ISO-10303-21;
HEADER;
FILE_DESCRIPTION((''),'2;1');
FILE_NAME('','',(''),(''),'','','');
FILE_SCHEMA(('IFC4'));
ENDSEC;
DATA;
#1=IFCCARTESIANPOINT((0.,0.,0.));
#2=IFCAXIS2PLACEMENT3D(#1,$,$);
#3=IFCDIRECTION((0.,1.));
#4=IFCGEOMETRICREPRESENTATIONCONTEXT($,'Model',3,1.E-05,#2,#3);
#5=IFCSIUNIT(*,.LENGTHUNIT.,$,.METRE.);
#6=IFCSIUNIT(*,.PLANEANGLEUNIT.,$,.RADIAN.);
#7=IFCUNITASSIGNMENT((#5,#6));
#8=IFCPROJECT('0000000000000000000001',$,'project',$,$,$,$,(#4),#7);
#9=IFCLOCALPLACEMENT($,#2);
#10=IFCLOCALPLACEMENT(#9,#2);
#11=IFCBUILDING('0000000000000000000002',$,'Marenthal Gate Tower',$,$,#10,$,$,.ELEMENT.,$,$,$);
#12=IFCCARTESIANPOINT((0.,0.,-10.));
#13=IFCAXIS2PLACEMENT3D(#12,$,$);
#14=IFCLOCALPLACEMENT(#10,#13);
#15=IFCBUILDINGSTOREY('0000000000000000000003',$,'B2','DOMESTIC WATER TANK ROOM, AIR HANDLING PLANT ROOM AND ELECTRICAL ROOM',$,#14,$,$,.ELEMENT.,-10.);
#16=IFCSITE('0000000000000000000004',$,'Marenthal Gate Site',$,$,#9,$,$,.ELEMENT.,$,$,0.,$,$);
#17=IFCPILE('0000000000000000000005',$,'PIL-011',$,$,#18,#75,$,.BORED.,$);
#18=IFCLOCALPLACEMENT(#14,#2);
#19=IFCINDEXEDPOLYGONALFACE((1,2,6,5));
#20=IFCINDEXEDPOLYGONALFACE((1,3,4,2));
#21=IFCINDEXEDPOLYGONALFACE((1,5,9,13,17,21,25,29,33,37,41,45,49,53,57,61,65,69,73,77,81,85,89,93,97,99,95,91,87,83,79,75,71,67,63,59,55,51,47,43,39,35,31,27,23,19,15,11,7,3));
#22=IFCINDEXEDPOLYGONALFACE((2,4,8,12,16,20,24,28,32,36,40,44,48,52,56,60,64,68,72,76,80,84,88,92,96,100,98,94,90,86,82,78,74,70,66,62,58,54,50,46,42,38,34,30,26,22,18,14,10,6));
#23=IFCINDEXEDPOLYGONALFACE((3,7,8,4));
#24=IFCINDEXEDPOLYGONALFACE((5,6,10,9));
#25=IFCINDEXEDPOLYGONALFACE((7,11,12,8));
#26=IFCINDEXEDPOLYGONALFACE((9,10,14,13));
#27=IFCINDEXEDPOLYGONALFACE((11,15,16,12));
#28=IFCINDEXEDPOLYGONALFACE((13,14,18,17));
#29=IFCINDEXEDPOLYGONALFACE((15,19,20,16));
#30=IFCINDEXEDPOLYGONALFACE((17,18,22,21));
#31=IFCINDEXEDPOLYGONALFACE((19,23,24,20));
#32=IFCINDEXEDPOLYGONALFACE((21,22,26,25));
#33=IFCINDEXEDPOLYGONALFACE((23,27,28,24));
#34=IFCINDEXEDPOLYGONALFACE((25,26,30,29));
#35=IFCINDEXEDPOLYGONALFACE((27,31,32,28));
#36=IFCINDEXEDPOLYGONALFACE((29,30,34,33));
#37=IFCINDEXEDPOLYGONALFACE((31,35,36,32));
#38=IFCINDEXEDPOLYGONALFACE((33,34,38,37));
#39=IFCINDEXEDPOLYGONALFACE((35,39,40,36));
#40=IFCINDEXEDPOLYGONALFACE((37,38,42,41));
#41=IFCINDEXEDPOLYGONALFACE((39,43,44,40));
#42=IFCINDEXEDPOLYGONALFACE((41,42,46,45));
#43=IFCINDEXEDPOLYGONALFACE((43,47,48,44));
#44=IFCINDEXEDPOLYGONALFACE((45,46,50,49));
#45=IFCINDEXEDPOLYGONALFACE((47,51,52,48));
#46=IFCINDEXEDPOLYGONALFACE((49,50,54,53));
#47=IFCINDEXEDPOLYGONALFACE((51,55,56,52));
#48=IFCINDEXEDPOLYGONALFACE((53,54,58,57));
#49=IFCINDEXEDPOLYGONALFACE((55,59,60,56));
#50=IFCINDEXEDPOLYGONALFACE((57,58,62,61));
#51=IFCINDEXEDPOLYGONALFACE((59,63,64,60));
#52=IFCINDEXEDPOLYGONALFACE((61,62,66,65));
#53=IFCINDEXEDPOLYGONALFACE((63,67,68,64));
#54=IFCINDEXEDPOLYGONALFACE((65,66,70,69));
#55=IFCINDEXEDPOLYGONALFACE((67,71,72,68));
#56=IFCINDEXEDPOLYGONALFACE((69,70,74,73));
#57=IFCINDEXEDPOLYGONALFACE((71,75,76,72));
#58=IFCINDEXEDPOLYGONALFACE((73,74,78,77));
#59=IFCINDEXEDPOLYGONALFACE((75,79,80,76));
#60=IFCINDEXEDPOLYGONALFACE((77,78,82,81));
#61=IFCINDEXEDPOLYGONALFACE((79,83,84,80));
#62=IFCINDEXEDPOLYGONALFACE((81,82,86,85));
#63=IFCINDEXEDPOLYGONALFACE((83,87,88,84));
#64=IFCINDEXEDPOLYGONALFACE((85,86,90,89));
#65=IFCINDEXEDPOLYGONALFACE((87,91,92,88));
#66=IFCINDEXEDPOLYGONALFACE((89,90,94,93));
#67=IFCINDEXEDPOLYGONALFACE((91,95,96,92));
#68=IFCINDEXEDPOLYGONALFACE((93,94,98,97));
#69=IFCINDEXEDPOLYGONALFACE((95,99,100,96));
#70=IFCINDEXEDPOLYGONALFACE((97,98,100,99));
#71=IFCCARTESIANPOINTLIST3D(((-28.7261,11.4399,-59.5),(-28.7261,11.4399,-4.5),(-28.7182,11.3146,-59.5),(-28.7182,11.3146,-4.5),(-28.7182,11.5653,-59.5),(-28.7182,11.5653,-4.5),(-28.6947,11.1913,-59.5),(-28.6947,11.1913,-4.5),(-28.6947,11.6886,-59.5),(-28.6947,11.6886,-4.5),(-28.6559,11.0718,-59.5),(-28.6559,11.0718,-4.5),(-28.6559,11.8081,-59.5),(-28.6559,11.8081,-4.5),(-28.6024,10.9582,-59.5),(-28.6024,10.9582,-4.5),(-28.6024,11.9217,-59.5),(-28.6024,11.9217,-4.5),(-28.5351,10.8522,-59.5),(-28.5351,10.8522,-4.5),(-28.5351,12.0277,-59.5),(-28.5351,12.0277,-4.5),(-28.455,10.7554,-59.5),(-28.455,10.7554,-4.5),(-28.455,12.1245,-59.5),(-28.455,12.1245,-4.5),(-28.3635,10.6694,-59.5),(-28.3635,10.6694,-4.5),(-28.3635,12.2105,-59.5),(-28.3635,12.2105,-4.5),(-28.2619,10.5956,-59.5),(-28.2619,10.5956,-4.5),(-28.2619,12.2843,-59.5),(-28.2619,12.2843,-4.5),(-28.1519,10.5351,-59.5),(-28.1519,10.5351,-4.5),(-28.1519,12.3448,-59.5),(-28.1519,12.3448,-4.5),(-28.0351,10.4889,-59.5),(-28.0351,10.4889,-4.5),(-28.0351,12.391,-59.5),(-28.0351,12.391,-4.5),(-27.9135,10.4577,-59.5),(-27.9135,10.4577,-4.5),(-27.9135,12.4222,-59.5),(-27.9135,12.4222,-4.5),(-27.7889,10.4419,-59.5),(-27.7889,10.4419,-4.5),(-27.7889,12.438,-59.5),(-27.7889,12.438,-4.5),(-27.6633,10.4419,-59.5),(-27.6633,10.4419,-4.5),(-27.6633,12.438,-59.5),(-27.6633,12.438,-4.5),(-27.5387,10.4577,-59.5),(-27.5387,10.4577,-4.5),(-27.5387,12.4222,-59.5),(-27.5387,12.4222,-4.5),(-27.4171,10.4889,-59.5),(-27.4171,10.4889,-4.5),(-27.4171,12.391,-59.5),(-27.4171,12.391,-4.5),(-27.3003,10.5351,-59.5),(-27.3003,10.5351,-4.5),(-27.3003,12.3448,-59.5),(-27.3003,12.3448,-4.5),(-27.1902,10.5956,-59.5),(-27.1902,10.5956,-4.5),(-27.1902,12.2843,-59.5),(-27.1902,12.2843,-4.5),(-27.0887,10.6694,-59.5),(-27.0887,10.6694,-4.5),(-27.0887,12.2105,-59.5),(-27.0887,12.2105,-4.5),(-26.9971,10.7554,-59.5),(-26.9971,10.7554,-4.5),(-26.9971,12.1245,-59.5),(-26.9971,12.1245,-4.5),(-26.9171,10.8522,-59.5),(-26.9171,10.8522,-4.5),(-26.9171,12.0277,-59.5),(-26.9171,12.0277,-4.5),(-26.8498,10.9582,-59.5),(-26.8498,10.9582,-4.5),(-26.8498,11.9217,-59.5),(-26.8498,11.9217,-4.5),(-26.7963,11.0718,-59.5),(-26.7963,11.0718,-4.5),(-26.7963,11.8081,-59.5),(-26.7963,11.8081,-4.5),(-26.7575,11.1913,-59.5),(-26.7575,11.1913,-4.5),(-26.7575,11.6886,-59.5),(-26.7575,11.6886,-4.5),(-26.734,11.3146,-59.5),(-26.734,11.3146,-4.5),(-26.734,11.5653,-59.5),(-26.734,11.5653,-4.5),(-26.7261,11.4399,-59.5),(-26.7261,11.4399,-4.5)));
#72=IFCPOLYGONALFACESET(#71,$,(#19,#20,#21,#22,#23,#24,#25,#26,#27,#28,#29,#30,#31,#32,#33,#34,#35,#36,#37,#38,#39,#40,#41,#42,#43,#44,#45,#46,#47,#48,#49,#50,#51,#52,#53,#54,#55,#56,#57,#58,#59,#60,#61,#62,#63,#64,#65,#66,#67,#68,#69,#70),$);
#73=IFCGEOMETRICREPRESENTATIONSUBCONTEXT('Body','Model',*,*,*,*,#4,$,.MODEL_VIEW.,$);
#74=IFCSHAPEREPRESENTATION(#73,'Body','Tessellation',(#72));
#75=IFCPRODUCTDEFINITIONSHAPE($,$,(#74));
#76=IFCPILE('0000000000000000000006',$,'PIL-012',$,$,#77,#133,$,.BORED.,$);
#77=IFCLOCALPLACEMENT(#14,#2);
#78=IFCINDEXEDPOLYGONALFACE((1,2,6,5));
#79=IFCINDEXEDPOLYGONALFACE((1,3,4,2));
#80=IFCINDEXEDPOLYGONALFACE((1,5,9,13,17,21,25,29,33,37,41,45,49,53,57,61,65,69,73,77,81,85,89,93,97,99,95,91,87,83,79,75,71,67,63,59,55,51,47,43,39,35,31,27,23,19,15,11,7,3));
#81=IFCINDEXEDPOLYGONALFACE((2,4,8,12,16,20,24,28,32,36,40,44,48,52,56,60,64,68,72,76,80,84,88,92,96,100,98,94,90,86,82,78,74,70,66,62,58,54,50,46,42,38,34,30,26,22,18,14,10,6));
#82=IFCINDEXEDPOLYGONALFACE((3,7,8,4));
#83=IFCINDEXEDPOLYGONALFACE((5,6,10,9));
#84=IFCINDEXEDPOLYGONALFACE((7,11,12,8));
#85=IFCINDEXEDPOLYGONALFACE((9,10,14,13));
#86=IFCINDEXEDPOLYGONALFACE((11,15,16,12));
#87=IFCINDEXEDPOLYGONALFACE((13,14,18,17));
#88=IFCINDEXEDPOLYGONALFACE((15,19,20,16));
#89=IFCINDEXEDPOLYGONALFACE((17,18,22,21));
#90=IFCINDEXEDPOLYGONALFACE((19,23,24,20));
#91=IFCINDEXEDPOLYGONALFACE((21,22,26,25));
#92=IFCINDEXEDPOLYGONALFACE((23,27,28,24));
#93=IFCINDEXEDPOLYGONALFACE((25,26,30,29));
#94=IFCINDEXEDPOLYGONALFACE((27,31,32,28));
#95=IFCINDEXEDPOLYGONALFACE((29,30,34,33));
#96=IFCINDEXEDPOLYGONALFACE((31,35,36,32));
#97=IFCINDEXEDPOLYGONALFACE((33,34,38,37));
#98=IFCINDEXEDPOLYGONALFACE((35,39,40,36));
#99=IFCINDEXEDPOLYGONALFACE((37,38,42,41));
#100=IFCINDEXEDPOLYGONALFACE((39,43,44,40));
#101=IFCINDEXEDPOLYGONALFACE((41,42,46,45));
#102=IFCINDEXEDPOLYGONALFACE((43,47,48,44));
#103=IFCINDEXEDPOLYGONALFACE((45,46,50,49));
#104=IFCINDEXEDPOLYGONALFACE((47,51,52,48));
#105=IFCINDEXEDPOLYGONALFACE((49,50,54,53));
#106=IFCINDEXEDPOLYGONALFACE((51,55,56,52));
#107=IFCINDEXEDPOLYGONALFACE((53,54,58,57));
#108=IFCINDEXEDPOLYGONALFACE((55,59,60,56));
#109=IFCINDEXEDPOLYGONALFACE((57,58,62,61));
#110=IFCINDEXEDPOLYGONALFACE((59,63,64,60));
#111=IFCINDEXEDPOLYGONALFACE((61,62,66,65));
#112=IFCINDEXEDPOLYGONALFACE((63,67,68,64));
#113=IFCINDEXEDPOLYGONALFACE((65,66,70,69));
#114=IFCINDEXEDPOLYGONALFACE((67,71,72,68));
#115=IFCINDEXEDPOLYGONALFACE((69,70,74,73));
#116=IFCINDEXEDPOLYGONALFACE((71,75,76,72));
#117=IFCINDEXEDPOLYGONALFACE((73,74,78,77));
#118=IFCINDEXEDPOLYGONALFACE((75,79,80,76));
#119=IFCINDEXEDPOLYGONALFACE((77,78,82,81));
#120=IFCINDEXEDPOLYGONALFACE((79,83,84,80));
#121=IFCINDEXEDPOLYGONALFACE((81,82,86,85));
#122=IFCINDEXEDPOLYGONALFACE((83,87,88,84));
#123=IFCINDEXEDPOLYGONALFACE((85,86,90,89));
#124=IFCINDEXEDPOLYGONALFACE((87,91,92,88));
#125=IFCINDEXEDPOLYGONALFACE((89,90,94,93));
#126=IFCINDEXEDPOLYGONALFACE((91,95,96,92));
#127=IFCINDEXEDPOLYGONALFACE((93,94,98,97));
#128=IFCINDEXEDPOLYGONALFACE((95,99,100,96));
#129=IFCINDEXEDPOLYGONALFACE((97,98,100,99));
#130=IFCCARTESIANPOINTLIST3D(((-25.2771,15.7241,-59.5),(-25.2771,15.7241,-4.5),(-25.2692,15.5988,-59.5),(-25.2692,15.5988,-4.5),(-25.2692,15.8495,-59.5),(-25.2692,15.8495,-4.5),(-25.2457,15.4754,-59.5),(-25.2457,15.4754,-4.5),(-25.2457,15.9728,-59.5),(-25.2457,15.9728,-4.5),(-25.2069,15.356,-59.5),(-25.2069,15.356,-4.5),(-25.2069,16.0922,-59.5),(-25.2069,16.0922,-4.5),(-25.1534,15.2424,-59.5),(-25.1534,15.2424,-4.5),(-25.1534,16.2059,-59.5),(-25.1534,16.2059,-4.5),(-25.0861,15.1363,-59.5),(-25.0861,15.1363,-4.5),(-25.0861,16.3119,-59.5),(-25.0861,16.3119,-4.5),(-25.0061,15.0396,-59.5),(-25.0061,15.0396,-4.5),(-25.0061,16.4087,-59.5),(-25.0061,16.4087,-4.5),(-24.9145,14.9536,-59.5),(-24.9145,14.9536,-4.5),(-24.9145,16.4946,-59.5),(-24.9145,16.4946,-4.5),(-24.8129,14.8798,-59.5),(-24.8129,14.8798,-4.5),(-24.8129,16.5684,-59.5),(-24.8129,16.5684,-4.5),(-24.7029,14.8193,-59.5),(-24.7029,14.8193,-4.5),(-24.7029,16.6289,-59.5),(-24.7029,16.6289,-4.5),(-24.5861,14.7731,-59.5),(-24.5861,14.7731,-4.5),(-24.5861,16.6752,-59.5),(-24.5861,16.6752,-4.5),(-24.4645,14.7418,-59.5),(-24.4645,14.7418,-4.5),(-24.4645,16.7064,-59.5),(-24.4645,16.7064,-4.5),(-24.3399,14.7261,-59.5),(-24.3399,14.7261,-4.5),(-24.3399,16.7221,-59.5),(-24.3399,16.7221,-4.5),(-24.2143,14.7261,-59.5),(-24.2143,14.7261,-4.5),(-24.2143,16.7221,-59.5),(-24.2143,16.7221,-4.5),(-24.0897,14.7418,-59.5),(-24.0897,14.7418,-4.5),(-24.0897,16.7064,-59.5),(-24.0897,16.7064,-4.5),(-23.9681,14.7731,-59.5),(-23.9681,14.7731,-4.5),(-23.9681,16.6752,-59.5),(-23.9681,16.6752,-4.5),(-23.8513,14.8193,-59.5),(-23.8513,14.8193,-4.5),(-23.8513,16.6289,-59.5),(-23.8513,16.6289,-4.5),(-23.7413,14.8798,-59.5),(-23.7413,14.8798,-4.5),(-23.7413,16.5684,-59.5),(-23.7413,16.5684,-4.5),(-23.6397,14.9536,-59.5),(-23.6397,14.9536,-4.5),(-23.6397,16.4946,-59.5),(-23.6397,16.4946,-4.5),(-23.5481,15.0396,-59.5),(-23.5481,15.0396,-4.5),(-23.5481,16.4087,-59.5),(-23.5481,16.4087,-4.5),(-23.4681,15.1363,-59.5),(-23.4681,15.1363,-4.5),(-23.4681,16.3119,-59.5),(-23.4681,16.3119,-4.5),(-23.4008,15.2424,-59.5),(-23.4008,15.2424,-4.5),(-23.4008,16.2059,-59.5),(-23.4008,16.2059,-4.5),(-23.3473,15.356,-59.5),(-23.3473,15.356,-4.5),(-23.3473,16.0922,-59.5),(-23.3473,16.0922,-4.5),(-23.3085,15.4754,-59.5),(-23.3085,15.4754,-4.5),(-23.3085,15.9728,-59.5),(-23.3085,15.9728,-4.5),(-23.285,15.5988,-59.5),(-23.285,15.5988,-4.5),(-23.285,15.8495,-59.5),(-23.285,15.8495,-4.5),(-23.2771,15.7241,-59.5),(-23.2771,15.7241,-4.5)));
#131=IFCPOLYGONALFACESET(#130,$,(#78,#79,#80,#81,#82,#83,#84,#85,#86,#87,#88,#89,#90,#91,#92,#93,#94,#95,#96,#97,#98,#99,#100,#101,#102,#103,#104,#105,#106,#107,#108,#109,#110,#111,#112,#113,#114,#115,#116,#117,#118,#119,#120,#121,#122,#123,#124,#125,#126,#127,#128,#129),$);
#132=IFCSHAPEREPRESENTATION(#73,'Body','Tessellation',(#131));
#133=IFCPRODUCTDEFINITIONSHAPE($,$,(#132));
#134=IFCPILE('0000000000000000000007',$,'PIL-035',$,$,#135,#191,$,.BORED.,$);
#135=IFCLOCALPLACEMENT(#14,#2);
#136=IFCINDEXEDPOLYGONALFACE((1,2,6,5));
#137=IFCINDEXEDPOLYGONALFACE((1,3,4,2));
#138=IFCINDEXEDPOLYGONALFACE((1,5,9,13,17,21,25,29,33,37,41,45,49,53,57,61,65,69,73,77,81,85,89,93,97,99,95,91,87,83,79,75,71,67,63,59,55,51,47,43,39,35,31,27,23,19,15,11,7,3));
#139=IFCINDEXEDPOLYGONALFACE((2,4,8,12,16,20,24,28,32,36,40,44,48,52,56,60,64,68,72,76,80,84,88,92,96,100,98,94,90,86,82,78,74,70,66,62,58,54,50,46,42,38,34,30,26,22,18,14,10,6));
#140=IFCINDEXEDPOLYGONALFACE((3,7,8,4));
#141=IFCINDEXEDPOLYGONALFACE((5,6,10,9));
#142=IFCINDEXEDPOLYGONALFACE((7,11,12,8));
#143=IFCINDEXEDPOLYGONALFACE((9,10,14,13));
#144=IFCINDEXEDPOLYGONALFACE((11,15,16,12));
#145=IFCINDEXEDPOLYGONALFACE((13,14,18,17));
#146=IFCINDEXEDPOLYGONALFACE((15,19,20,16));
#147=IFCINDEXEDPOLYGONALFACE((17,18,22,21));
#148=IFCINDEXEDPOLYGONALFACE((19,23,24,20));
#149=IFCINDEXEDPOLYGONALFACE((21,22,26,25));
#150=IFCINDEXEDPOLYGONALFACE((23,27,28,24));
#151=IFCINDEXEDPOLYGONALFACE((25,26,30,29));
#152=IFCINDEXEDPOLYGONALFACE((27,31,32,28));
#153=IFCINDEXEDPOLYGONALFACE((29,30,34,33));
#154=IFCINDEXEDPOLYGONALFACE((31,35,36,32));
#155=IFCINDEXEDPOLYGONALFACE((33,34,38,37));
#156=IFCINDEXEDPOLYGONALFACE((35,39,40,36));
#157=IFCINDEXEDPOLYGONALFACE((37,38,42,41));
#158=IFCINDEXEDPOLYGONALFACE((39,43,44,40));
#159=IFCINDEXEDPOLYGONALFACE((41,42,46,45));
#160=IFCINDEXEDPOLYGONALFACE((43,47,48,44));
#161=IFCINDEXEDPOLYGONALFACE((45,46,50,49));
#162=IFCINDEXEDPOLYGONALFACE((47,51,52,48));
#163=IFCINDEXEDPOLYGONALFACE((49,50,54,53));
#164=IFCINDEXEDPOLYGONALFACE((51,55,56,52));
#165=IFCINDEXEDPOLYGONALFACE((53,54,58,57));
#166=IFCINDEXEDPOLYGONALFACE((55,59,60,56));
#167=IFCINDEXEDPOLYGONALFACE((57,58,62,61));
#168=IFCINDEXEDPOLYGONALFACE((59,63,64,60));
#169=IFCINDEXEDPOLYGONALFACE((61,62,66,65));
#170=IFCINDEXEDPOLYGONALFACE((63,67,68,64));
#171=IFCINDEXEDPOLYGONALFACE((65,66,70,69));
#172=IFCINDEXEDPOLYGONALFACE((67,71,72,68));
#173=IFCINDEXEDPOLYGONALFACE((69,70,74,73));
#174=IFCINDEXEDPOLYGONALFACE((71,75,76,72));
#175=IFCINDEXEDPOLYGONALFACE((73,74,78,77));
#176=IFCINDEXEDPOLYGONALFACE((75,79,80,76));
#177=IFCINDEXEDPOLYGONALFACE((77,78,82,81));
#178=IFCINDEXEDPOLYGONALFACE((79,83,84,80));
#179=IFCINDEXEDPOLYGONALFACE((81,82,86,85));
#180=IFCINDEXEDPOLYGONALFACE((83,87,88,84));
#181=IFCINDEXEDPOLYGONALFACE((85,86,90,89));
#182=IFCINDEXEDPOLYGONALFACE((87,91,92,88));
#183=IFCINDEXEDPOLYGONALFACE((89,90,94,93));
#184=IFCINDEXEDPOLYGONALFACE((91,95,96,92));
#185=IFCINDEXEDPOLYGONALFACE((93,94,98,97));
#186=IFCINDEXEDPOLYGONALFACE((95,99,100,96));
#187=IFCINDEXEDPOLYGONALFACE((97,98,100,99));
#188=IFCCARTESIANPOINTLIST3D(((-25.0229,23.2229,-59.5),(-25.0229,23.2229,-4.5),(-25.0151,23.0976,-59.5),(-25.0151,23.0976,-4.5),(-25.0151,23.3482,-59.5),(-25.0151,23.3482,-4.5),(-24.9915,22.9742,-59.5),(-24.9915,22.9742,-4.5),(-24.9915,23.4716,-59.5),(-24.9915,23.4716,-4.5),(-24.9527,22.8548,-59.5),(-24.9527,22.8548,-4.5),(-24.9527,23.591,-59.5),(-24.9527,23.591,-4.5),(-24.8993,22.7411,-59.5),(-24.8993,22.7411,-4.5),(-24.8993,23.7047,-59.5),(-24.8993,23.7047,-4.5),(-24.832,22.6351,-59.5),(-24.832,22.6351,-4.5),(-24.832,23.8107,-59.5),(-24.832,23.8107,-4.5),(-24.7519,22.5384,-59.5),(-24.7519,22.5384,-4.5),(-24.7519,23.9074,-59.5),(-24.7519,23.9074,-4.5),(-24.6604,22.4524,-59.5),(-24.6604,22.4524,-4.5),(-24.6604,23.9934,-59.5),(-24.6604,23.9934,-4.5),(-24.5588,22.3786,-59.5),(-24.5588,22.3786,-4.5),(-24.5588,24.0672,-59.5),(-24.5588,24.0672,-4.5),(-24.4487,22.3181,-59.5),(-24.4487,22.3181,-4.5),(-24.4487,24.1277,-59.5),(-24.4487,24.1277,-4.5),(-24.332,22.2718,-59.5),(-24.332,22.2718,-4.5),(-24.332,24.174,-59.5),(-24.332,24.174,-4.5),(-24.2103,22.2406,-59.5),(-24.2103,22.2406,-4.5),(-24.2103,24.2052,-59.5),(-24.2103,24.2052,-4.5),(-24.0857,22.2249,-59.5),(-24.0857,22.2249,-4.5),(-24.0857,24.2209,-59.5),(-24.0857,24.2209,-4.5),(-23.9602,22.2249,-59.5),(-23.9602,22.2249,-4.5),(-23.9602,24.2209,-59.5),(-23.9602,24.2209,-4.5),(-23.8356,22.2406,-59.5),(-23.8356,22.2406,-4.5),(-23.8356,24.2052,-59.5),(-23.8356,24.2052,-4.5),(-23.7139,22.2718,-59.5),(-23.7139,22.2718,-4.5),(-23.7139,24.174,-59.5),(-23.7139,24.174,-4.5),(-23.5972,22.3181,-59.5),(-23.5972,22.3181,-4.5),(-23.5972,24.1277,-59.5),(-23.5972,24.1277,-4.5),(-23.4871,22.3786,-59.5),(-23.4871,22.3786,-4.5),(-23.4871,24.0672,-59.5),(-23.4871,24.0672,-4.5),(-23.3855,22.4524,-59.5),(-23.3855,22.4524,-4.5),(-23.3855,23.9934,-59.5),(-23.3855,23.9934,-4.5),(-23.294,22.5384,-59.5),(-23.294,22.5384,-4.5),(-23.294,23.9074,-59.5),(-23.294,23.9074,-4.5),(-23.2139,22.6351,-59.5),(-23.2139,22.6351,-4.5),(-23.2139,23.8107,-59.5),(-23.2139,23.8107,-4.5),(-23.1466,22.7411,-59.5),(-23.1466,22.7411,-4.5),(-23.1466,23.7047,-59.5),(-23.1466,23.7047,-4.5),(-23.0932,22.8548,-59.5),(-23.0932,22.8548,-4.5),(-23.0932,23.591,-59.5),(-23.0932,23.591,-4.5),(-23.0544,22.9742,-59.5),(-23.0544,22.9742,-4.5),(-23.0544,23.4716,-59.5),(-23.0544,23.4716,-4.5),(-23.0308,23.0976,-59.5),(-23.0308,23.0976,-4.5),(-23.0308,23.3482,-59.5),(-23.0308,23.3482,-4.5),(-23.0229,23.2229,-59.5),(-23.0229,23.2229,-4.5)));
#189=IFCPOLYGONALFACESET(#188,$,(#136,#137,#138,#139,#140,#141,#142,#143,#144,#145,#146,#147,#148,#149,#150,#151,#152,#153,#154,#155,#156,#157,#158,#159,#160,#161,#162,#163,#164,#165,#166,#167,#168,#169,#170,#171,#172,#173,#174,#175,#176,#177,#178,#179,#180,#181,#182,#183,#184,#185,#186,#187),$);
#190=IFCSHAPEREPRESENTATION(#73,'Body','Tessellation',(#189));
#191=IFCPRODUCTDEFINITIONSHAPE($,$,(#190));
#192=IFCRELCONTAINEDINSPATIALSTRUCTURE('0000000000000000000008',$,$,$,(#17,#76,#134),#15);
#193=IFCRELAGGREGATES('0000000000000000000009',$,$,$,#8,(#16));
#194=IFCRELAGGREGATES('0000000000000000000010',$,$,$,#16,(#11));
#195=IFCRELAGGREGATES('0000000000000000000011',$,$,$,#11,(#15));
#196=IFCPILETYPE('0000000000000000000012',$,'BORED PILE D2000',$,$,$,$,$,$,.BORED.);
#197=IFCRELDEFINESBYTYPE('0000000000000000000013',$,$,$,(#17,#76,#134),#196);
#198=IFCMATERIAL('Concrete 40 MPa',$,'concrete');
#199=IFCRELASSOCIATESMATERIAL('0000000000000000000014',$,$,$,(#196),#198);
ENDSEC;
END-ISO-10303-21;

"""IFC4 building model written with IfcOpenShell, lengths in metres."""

from ifc_helpers import new_model, si_unit, direction, frame, origin, origin_2d, place, context, subcontext, project, spatial, circle, extrude, material, type_object, element, save


model = new_model("IFC4")

# Units and contexts
model_context = context("Model", 3, precision=1e-05, world=origin(), true_north=direction((0.0, 1.0)))
body_context = subcontext(model_context, "Body", "Model", "MODEL_VIEW")
ifc_project = project(units=[si_unit("LENGTHUNIT", "METRE"), si_unit("PLANEANGLEUNIT", "RADIAN")], contexts=[model_context])

# Site, building, storey
site_placement = place(None, origin())
site = spatial("IfcSite", under=ifc_project, at=site_placement, Name="Marenthal Gate Site", CompositionType="ELEMENT", RefElevation=0.0)
building_placement = place(site_placement, origin())
building = spatial("IfcBuilding", under=site, at=building_placement, Name="Marenthal Gate Tower", CompositionType="ELEMENT")
storey_placement = place(building_placement, frame((0.0, 0.0, -10.0)))
storey = spatial("IfcBuildingStorey", under=building, at=storey_placement, Name="B2", Description="DOMESTIC WATER TANK ROOM, AIR HANDLING PLANT ROOM AND ELECTRICAL ROOM", CompositionType="ELEMENT", Elevation=-10.0)

# Piles
ifc_material_1 = material(Name="Concrete 40 MPa", Category="concrete")
pile_type = type_object("IfcPileType", Name="BORED PILE D2000", PredefinedType="BORED", material=ifc_material_1)
for number, where, z_axis, x_axis, name in (
    (1, (-27.7261, 11.4399, -4.5), (0.0, 0.0, -1.0), (1.0, 0.0, 0.0), "PIL-011"),
    (2, (-24.2771, 15.7241, -4.5), (0.0, 0.0, -1.0), (1.0, 0.0, 0.0), "PIL-012"),
    (3, (-24.0229, 23.2229, -4.5), (0.0, 0.0, -1.0), (1.0, 0.0, 0.0), "PIL-035"),
):
    element("IfcPile", number, at=place(storey_placement, frame(where, z_axis=z_axis, x_axis=x_axis)), inside=storey, type_object=pile_type, Name=name, PredefinedType="BORED", context=body_context, shape_type="SweptSolid", body=[
        extrude(circle(Radius=1.0, at=origin_2d()), origin(), (0.0, 0.0, 1.0), 55.0),
    ])

save(model, "model.ifc")
